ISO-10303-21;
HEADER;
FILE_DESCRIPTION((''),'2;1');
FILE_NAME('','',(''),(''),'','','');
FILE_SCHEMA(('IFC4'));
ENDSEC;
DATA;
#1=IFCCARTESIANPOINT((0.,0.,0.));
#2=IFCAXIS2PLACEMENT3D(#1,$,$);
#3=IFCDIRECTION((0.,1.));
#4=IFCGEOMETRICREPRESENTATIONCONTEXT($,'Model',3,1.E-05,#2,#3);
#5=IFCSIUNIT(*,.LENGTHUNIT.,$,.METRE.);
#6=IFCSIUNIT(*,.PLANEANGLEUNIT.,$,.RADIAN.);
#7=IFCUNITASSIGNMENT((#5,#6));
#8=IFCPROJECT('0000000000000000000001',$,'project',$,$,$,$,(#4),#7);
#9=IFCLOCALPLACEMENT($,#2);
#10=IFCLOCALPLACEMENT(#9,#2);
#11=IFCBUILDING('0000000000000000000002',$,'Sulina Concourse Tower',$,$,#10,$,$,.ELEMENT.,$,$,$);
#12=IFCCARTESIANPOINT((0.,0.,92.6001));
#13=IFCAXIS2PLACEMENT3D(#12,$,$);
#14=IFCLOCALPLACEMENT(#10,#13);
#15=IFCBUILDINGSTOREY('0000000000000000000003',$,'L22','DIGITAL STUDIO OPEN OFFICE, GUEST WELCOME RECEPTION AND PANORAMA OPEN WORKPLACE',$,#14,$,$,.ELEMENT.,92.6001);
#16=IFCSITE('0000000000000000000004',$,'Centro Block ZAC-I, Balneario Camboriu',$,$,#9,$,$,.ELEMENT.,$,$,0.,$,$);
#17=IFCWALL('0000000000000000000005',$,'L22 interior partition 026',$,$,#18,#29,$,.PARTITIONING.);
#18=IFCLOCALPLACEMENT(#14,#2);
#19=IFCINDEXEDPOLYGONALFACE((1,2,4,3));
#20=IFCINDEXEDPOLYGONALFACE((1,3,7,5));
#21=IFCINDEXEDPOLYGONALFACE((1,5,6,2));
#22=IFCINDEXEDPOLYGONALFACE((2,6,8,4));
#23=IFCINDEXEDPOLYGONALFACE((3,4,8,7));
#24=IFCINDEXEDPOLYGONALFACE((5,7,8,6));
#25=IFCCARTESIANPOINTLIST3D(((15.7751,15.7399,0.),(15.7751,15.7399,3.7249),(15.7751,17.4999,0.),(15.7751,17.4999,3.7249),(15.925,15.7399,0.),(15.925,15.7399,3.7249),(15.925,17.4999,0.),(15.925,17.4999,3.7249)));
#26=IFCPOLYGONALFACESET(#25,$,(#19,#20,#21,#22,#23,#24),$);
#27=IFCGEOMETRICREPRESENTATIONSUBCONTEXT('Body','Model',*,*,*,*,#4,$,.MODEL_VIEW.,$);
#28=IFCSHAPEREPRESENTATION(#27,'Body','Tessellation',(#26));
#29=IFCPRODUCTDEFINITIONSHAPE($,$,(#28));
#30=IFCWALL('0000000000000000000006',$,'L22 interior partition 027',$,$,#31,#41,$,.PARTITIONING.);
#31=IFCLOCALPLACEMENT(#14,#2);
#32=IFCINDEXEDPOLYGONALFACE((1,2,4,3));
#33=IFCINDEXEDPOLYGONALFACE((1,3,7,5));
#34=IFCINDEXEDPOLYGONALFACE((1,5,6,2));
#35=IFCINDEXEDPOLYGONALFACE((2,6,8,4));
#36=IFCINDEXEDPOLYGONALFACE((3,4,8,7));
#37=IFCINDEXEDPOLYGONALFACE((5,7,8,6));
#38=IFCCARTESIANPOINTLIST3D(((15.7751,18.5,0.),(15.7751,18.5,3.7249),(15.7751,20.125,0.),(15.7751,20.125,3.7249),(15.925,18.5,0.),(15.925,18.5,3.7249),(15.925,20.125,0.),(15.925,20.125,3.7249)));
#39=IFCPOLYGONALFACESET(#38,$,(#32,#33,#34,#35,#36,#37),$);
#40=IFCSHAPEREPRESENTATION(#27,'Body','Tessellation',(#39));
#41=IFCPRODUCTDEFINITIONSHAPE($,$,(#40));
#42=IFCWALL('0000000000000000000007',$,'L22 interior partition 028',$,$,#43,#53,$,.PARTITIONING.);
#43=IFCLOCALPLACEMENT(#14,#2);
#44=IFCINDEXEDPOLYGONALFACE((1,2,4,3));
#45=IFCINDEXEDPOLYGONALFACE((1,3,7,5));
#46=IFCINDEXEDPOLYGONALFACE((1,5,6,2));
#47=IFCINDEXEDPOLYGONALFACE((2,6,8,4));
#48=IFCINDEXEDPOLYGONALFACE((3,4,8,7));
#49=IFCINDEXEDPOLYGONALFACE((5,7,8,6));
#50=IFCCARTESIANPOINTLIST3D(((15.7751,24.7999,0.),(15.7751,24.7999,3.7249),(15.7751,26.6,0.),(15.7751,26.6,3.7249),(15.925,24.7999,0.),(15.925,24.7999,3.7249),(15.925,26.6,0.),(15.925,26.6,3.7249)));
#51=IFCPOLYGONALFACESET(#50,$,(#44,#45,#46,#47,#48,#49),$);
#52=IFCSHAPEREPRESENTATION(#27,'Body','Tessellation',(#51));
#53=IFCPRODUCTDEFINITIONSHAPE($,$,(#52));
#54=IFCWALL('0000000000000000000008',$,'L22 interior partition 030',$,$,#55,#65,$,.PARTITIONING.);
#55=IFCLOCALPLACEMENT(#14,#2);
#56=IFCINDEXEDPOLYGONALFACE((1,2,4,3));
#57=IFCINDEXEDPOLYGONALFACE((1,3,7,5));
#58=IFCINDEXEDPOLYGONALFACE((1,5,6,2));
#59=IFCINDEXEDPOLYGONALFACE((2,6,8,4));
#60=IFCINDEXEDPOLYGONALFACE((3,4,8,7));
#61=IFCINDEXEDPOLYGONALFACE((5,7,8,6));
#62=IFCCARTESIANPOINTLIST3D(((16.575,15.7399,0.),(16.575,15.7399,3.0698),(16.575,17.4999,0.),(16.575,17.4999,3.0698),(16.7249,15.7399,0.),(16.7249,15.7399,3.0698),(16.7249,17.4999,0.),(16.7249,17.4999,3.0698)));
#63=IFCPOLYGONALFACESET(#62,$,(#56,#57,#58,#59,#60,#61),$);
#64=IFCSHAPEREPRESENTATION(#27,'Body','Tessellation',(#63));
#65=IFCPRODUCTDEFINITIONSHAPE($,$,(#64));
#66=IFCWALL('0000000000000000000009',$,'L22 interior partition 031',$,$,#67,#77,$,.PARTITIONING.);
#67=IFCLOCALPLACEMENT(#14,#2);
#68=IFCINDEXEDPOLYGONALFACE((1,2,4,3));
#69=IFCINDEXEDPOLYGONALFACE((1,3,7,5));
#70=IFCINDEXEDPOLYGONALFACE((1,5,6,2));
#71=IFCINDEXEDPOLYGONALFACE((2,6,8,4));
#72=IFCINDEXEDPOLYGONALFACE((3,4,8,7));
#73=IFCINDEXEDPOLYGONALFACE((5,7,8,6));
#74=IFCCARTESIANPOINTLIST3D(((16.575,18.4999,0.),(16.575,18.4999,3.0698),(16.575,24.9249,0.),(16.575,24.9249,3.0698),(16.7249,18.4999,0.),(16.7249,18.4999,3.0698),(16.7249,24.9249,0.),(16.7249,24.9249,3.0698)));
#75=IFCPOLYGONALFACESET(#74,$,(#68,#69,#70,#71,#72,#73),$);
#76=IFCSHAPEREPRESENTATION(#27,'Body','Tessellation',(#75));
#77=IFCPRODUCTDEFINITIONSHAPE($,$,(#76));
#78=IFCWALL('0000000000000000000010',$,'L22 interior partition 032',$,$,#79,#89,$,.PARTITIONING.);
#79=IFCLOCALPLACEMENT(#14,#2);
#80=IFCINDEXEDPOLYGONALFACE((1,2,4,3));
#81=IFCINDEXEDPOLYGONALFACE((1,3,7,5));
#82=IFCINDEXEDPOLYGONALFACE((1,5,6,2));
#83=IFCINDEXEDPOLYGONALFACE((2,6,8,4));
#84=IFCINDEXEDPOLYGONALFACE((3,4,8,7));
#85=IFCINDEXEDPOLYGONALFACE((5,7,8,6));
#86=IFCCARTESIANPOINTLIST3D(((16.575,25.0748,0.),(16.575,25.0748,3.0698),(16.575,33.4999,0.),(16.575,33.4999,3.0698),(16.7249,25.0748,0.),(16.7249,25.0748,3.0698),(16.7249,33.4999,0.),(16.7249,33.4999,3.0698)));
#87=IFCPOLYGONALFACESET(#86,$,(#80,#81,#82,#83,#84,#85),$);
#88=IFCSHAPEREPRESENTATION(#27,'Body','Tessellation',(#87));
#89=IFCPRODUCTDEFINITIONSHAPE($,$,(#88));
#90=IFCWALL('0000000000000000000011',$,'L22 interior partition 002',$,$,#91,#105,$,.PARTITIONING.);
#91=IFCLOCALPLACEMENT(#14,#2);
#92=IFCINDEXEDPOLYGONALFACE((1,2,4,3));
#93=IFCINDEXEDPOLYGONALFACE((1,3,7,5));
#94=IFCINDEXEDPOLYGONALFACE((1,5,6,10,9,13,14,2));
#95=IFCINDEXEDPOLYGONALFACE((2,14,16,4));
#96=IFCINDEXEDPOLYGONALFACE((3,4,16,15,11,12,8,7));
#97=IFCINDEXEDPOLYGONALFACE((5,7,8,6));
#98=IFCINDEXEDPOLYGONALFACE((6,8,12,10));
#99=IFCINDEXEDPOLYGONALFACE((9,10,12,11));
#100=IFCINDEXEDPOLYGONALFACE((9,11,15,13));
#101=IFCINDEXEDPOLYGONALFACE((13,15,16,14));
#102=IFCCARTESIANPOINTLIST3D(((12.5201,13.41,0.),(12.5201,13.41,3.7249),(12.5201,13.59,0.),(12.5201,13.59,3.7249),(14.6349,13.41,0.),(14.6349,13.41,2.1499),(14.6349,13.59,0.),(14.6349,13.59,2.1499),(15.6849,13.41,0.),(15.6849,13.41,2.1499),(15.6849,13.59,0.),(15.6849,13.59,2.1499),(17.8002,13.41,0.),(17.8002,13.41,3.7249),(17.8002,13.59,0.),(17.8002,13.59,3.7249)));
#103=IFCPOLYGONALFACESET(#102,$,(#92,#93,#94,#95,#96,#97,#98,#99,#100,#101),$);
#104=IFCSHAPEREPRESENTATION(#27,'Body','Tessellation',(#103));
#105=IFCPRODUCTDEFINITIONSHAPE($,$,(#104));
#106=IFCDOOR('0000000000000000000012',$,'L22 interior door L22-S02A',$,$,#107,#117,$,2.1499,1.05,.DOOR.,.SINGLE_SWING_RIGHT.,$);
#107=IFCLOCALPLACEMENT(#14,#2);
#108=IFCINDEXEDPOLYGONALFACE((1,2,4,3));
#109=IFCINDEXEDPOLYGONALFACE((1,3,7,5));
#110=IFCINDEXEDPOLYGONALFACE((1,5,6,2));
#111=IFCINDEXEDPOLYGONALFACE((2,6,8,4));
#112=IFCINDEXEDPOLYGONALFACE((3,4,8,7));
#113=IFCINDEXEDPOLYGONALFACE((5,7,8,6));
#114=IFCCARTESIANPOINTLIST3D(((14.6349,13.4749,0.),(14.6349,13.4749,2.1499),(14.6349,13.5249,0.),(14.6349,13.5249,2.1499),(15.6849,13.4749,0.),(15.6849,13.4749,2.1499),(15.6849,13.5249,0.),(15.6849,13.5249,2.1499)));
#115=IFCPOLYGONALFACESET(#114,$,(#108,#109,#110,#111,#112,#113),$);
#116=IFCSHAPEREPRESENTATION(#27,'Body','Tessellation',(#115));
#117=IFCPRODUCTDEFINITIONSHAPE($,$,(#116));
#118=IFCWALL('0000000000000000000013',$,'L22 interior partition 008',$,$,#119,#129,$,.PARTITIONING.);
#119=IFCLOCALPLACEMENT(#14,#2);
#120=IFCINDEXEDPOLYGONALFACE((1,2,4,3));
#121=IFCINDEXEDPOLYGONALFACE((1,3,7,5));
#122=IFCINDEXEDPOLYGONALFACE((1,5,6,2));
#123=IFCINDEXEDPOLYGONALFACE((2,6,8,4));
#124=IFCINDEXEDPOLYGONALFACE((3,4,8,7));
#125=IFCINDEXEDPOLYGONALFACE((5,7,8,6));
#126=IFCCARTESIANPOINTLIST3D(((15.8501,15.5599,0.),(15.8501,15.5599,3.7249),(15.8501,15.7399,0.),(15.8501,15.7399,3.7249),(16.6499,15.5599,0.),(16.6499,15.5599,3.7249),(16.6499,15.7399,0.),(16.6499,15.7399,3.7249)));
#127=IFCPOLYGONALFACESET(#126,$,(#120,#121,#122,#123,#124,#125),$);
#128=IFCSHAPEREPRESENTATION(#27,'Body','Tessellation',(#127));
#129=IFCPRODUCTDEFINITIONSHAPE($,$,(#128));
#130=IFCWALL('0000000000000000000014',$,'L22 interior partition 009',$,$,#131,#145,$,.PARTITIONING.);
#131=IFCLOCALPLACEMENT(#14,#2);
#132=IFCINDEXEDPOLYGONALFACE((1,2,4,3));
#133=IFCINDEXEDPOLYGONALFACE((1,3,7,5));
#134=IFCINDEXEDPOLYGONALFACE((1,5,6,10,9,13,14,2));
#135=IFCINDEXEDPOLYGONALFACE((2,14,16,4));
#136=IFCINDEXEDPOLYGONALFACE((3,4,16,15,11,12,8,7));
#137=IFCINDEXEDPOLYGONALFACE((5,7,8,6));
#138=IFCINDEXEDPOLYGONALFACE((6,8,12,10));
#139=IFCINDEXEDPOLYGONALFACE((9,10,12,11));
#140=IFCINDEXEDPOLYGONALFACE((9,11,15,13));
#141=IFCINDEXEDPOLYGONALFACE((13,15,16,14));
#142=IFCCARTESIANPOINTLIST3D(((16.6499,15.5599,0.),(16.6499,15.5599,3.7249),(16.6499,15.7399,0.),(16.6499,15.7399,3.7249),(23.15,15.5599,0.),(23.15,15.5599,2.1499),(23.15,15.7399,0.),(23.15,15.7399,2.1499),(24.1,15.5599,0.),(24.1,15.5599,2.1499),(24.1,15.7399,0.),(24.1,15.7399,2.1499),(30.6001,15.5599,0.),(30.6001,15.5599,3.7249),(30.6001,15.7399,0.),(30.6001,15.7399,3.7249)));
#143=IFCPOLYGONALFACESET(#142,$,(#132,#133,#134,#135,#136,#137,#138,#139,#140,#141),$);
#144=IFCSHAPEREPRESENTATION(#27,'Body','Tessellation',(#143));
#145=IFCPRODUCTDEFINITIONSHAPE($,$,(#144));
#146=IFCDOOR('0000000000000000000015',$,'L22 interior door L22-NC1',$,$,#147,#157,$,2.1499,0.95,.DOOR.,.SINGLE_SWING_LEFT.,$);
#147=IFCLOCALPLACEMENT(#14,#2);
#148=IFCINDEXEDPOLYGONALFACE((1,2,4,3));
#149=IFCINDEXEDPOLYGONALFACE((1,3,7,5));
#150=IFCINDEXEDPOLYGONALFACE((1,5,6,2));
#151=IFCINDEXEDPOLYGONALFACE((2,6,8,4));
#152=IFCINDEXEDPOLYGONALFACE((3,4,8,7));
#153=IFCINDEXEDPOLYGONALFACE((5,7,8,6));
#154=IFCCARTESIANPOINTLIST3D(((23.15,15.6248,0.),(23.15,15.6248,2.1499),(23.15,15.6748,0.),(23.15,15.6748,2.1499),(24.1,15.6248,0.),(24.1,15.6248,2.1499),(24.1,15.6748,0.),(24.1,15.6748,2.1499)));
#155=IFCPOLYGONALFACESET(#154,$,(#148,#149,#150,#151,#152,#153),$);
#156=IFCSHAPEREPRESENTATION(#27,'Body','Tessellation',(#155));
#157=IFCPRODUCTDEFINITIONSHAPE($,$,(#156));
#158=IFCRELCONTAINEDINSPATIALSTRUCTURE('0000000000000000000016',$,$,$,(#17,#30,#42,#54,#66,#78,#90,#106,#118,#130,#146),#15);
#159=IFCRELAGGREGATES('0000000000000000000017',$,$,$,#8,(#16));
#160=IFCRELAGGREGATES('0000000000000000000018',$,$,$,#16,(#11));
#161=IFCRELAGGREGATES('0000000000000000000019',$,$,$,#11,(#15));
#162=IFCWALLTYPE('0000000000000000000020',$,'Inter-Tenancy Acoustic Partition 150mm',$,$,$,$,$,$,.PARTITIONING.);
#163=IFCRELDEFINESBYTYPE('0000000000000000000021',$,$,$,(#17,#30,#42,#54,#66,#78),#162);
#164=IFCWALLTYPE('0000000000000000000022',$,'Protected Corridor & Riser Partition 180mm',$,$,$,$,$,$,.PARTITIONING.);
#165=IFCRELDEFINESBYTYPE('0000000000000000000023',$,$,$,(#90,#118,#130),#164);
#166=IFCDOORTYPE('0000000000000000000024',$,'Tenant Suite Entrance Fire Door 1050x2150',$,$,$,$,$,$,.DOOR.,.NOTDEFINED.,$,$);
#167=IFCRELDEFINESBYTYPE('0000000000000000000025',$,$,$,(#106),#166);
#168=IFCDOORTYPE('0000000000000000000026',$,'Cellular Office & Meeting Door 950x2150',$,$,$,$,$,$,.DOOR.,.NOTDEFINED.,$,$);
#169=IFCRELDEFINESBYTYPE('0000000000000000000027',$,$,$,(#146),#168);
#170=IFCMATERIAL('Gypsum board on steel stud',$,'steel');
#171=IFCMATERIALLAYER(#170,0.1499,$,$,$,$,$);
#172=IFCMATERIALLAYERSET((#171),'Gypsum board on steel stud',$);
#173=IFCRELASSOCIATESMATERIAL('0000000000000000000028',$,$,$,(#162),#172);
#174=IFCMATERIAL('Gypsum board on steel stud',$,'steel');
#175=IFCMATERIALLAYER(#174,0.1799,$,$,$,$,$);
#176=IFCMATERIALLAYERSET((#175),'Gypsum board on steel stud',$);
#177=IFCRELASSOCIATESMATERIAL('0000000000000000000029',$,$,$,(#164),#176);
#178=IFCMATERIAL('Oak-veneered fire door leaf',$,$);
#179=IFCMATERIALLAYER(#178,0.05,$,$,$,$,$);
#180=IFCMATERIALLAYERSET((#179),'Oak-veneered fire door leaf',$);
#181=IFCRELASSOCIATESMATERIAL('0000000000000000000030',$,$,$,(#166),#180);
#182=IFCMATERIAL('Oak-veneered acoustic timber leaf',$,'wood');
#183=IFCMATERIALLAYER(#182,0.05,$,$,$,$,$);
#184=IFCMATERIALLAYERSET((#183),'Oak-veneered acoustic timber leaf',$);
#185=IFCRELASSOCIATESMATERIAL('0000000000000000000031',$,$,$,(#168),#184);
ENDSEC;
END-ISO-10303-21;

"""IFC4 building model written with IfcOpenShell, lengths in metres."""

from ifc_helpers import new_model, si_unit, direction, frame, frame_2d, origin, place, context, subcontext, project, spatial, rectangle, extrude, material, layer, layer_set, type_object, element, fill, save


model = new_model("IFC4")

# Units and contexts
model_context = context("Model", 3, precision=1e-05, world=origin(), true_north=direction((0.0, 1.0)))
body_context = subcontext(model_context, "Body", "Model", "MODEL_VIEW")
ifc_project = project(units=[si_unit("LENGTHUNIT", "METRE"), si_unit("PLANEANGLEUNIT", "RADIAN")], contexts=[model_context])

# Site, building, storey
site_placement = place(None, origin())
site = spatial("IfcSite", under=ifc_project, at=site_placement, Name="Centro Block ZAC-I, Balneario Camboriu", CompositionType="ELEMENT", RefElevation=0.0)
building_placement = place(site_placement, origin())
building = spatial("IfcBuilding", under=site, at=building_placement, Name="Sulina Concourse Tower", CompositionType="ELEMENT")
storey_placement = place(building_placement, frame((0.0, 0.0, 92.6001)))
storey = spatial("IfcBuildingStorey", under=building, at=storey_placement, Name="L22", Description="DIGITAL STUDIO OPEN OFFICE, GUEST WELCOME RECEPTION AND PANORAMA OPEN WORKPLACE", CompositionType="ELEMENT", Elevation=92.6001)

# Walls
ifc_material_1 = material(Name="Gypsum board on steel stud", Category="steel")
ifc_layer_1 = layer(ifc_material_1, 0.1499)
ifc_layer_set_1 = layer_set([ifc_layer_1], Name="Gypsum board on steel stud")
wall_type_1 = type_object("IfcWallType", Name="Inter-Tenancy Acoustic Partition 150mm", PredefinedType="PARTITIONING", material=ifc_layer_set_1)
wall_1_placement = place(storey_placement, frame((15.8501, 15.74, 0.0), z_axis=(0.0, 0.0, 1.0), x_axis=(0.0, 1.0, 0.0)))
element("IfcWall", 1, at=wall_1_placement, inside=storey, type_object=wall_type_1, Name="L22 interior partition 026", PredefinedType="PARTITIONING", context=body_context, shape_type="SweptSolid", body=[
    extrude(rectangle(XDim=1.76, YDim=0.1499, at=frame_2d((0.8799, 0.0))), origin(), (0.0, 0.0, 1.0), 3.7249),
])
wall_2_placement = place(storey_placement, frame((15.8501, 18.5, 0.0), z_axis=(0.0, 0.0, 1.0), x_axis=(0.0, 1.0, 0.0)))
element("IfcWall", 2, at=wall_2_placement, inside=storey, type_object=wall_type_1, Name="L22 interior partition 027", PredefinedType="PARTITIONING", context=body_context, shape_type="SweptSolid", body=[
    extrude(rectangle(XDim=1.625, YDim=0.1499, at=frame_2d((0.8125, 0.0))), origin(), (0.0, 0.0, 1.0), 3.7249),
])
wall_3_placement = place(storey_placement, frame((15.8501, 24.8, 0.0), z_axis=(0.0, 0.0, 1.0), x_axis=(0.0, 1.0, 0.0)))
element("IfcWall", 3, at=wall_3_placement, inside=storey, type_object=wall_type_1, Name="L22 interior partition 028", PredefinedType="PARTITIONING", context=body_context, shape_type="SweptSolid", body=[
    extrude(rectangle(XDim=1.8, YDim=0.1499, at=frame_2d((0.8999, 0.0))), origin(), (0.0, 0.0, 1.0), 3.7249),
])
wall_4_placement = place(storey_placement, frame((16.6499, 15.74, 0.0), z_axis=(0.0, 0.0, 1.0), x_axis=(0.0, 1.0, 0.0)))
element("IfcWall", 4, at=wall_4_placement, inside=storey, type_object=wall_type_1, Name="L22 interior partition 030", PredefinedType="PARTITIONING", context=body_context, shape_type="SweptSolid", body=[
    extrude(rectangle(XDim=1.76, YDim=0.1499, at=frame_2d((0.8799, 0.0))), origin(), (0.0, 0.0, 1.0), 3.0698),
])
wall_5_placement = place(storey_placement, frame((16.6499, 18.5, 0.0), z_axis=(0.0, 0.0, 1.0), x_axis=(0.0, 1.0, 0.0)))
element("IfcWall", 5, at=wall_5_placement, inside=storey, type_object=wall_type_1, Name="L22 interior partition 031", PredefinedType="PARTITIONING", context=body_context, shape_type="SweptSolid", body=[
    extrude(rectangle(XDim=6.425, YDim=0.1499, at=frame_2d((3.2124, 0.0))), origin(), (0.0, 0.0, 1.0), 3.0698),
])
wall_6_placement = place(storey_placement, frame((16.6499, 25.075, 0.0), z_axis=(0.0, 0.0, 1.0), x_axis=(0.0, 1.0, 0.0)))
element("IfcWall", 6, at=wall_6_placement, inside=storey, type_object=wall_type_1, Name="L22 interior partition 032", PredefinedType="PARTITIONING", context=body_context, shape_type="SweptSolid", body=[
    extrude(rectangle(XDim=8.425, YDim=0.1499, at=frame_2d((4.2124, 0.0))), origin(), (0.0, 0.0, 1.0), 3.0698),
])

# Wall, opening, door
ifc_material_2 = material(Name="Gypsum board on steel stud", Category="steel")
ifc_layer_2 = layer(ifc_material_2, 0.1799)
ifc_layer_set_2 = layer_set([ifc_layer_2], Name="Gypsum board on steel stud")
wall_type_2 = type_object("IfcWallType", Name="Protected Corridor & Riser Partition 180mm", PredefinedType="PARTITIONING", material=ifc_layer_set_2)
wall_7_placement = place(storey_placement, frame((12.52, 13.5, 0.0), z_axis=(0.0, 0.0, 1.0), x_axis=(1.0, 0.0, 0.0)))
wall_7 = element("IfcWall", 7, at=wall_7_placement, inside=storey, type_object=wall_type_2, Name="L22 interior partition 002", PredefinedType="PARTITIONING", context=body_context, shape_type="SweptSolid", body=[
    extrude(rectangle(XDim=5.28, YDim=0.1799, at=frame_2d((2.6401, 0.0))), origin(), (0.0, 0.0, 1.0), 3.7249),
])
opening_1_placement = place(wall_7_placement, frame((2.115, 0.0, 0.0)))
opening_1 = element("IfcOpeningElement", 8, at=opening_1_placement, cuts=wall_7, PredefinedType="OPENING", context=body_context, shape_type="SweptSolid", body=[
    extrude(rectangle(XDim=1.05, YDim=2.1499, at=frame_2d((0.5249, 1.075))), frame((0.0, 0.0999, 0.0), z_axis=(0.0, -1.0, 0.0), x_axis=(1.0, 0.0, 0.0)), (0.0, 0.0, 1.0), 0.2),
])
ifc_material_3 = material(Name="Oak-veneered fire door leaf")
ifc_layer_3 = layer(ifc_material_3, 0.05)
ifc_layer_set_3 = layer_set([ifc_layer_3], Name="Oak-veneered fire door leaf")
door_type_1 = type_object("IfcDoorType", Name="Tenant Suite Entrance Fire Door 1050x2150", OperationType="NOTDEFINED", PredefinedType="DOOR", material=ifc_layer_set_3)
door_1_placement = place(opening_1_placement, origin())
door_1 = element("IfcDoor", 9, at=door_1_placement, inside=storey, type_object=door_type_1, Name="L22 interior door L22-S02A", OperationType="SINGLE_SWING_RIGHT", OverallHeight=2.1499, OverallWidth=1.05, PredefinedType="DOOR", context=body_context, shape_type="SweptSolid", body=[
    extrude(rectangle(XDim=1.05, YDim=2.1499, at=frame_2d((0.5249, 1.075))), frame((0.0, 0.0249, 0.0), z_axis=(0.0, -1.0, 0.0), x_axis=(1.0, 0.0, 0.0)), (0.0, 0.0, 1.0), 0.05),
])
fill(opening_1, door_1)

# Wall
wall_8_placement = place(storey_placement, frame((15.8501, 15.6499, 0.0), z_axis=(0.0, 0.0, 1.0), x_axis=(1.0, 0.0, 0.0)))
element("IfcWall", 10, at=wall_8_placement, inside=storey, type_object=wall_type_2, Name="L22 interior partition 008", PredefinedType="PARTITIONING", context=body_context, shape_type="SweptSolid", body=[
    extrude(rectangle(XDim=0.7998, YDim=0.1799, at=frame_2d((0.3999, 0.0))), origin(), (0.0, 0.0, 1.0), 3.7249),
])

# Wall, opening, door
wall_9_placement = place(storey_placement, frame((16.6499, 15.6499, 0.0), z_axis=(0.0, 0.0, 1.0), x_axis=(1.0, 0.0, 0.0)))
wall_9 = element("IfcWall", 11, at=wall_9_placement, inside=storey, type_object=wall_type_2, Name="L22 interior partition 009", PredefinedType="PARTITIONING", context=body_context, shape_type="SweptSolid", body=[
    extrude(rectangle(XDim=13.9502, YDim=0.1799, at=frame_2d((6.9751, 0.0))), origin(), (0.0, 0.0, 1.0), 3.7249),
])
opening_2_placement = place(wall_9_placement, frame((6.5, 0.0, 0.0)))
opening_2 = element("IfcOpeningElement", 12, at=opening_2_placement, cuts=wall_9, PredefinedType="OPENING", context=body_context, shape_type="SweptSolid", body=[
    extrude(rectangle(XDim=0.95, YDim=2.1499, at=frame_2d((0.4751, 1.075))), frame((0.0, 0.0999, 0.0), z_axis=(0.0, -1.0, 0.0), x_axis=(1.0, 0.0, 0.0)), (0.0, 0.0, 1.0), 0.2),
])
ifc_material_4 = material(Name="Oak-veneered acoustic timber leaf", Category="wood")
ifc_layer_4 = layer(ifc_material_4, 0.05)
ifc_layer_set_4 = layer_set([ifc_layer_4], Name="Oak-veneered acoustic timber leaf")
door_type_2 = type_object("IfcDoorType", Name="Cellular Office & Meeting Door 950x2150", OperationType="NOTDEFINED", PredefinedType="DOOR", material=ifc_layer_set_4)
door_2_placement = place(opening_2_placement, origin())
door_2 = element("IfcDoor", 13, at=door_2_placement, inside=storey, type_object=door_type_2, Name="L22 interior door L22-NC1", OperationType="SINGLE_SWING_LEFT", OverallHeight=2.1499, OverallWidth=0.95, PredefinedType="DOOR", context=body_context, shape_type="SweptSolid", body=[
    extrude(rectangle(XDim=0.95, YDim=2.1499, at=frame_2d((0.4751, 1.075))), frame((0.0, 0.0249, 0.0), z_axis=(0.0, -1.0, 0.0), x_axis=(1.0, 0.0, 0.0)), (0.0, 0.0, 1.0), 0.05),
])
fill(opening_2, door_2)

save(model, "model.ifc")
